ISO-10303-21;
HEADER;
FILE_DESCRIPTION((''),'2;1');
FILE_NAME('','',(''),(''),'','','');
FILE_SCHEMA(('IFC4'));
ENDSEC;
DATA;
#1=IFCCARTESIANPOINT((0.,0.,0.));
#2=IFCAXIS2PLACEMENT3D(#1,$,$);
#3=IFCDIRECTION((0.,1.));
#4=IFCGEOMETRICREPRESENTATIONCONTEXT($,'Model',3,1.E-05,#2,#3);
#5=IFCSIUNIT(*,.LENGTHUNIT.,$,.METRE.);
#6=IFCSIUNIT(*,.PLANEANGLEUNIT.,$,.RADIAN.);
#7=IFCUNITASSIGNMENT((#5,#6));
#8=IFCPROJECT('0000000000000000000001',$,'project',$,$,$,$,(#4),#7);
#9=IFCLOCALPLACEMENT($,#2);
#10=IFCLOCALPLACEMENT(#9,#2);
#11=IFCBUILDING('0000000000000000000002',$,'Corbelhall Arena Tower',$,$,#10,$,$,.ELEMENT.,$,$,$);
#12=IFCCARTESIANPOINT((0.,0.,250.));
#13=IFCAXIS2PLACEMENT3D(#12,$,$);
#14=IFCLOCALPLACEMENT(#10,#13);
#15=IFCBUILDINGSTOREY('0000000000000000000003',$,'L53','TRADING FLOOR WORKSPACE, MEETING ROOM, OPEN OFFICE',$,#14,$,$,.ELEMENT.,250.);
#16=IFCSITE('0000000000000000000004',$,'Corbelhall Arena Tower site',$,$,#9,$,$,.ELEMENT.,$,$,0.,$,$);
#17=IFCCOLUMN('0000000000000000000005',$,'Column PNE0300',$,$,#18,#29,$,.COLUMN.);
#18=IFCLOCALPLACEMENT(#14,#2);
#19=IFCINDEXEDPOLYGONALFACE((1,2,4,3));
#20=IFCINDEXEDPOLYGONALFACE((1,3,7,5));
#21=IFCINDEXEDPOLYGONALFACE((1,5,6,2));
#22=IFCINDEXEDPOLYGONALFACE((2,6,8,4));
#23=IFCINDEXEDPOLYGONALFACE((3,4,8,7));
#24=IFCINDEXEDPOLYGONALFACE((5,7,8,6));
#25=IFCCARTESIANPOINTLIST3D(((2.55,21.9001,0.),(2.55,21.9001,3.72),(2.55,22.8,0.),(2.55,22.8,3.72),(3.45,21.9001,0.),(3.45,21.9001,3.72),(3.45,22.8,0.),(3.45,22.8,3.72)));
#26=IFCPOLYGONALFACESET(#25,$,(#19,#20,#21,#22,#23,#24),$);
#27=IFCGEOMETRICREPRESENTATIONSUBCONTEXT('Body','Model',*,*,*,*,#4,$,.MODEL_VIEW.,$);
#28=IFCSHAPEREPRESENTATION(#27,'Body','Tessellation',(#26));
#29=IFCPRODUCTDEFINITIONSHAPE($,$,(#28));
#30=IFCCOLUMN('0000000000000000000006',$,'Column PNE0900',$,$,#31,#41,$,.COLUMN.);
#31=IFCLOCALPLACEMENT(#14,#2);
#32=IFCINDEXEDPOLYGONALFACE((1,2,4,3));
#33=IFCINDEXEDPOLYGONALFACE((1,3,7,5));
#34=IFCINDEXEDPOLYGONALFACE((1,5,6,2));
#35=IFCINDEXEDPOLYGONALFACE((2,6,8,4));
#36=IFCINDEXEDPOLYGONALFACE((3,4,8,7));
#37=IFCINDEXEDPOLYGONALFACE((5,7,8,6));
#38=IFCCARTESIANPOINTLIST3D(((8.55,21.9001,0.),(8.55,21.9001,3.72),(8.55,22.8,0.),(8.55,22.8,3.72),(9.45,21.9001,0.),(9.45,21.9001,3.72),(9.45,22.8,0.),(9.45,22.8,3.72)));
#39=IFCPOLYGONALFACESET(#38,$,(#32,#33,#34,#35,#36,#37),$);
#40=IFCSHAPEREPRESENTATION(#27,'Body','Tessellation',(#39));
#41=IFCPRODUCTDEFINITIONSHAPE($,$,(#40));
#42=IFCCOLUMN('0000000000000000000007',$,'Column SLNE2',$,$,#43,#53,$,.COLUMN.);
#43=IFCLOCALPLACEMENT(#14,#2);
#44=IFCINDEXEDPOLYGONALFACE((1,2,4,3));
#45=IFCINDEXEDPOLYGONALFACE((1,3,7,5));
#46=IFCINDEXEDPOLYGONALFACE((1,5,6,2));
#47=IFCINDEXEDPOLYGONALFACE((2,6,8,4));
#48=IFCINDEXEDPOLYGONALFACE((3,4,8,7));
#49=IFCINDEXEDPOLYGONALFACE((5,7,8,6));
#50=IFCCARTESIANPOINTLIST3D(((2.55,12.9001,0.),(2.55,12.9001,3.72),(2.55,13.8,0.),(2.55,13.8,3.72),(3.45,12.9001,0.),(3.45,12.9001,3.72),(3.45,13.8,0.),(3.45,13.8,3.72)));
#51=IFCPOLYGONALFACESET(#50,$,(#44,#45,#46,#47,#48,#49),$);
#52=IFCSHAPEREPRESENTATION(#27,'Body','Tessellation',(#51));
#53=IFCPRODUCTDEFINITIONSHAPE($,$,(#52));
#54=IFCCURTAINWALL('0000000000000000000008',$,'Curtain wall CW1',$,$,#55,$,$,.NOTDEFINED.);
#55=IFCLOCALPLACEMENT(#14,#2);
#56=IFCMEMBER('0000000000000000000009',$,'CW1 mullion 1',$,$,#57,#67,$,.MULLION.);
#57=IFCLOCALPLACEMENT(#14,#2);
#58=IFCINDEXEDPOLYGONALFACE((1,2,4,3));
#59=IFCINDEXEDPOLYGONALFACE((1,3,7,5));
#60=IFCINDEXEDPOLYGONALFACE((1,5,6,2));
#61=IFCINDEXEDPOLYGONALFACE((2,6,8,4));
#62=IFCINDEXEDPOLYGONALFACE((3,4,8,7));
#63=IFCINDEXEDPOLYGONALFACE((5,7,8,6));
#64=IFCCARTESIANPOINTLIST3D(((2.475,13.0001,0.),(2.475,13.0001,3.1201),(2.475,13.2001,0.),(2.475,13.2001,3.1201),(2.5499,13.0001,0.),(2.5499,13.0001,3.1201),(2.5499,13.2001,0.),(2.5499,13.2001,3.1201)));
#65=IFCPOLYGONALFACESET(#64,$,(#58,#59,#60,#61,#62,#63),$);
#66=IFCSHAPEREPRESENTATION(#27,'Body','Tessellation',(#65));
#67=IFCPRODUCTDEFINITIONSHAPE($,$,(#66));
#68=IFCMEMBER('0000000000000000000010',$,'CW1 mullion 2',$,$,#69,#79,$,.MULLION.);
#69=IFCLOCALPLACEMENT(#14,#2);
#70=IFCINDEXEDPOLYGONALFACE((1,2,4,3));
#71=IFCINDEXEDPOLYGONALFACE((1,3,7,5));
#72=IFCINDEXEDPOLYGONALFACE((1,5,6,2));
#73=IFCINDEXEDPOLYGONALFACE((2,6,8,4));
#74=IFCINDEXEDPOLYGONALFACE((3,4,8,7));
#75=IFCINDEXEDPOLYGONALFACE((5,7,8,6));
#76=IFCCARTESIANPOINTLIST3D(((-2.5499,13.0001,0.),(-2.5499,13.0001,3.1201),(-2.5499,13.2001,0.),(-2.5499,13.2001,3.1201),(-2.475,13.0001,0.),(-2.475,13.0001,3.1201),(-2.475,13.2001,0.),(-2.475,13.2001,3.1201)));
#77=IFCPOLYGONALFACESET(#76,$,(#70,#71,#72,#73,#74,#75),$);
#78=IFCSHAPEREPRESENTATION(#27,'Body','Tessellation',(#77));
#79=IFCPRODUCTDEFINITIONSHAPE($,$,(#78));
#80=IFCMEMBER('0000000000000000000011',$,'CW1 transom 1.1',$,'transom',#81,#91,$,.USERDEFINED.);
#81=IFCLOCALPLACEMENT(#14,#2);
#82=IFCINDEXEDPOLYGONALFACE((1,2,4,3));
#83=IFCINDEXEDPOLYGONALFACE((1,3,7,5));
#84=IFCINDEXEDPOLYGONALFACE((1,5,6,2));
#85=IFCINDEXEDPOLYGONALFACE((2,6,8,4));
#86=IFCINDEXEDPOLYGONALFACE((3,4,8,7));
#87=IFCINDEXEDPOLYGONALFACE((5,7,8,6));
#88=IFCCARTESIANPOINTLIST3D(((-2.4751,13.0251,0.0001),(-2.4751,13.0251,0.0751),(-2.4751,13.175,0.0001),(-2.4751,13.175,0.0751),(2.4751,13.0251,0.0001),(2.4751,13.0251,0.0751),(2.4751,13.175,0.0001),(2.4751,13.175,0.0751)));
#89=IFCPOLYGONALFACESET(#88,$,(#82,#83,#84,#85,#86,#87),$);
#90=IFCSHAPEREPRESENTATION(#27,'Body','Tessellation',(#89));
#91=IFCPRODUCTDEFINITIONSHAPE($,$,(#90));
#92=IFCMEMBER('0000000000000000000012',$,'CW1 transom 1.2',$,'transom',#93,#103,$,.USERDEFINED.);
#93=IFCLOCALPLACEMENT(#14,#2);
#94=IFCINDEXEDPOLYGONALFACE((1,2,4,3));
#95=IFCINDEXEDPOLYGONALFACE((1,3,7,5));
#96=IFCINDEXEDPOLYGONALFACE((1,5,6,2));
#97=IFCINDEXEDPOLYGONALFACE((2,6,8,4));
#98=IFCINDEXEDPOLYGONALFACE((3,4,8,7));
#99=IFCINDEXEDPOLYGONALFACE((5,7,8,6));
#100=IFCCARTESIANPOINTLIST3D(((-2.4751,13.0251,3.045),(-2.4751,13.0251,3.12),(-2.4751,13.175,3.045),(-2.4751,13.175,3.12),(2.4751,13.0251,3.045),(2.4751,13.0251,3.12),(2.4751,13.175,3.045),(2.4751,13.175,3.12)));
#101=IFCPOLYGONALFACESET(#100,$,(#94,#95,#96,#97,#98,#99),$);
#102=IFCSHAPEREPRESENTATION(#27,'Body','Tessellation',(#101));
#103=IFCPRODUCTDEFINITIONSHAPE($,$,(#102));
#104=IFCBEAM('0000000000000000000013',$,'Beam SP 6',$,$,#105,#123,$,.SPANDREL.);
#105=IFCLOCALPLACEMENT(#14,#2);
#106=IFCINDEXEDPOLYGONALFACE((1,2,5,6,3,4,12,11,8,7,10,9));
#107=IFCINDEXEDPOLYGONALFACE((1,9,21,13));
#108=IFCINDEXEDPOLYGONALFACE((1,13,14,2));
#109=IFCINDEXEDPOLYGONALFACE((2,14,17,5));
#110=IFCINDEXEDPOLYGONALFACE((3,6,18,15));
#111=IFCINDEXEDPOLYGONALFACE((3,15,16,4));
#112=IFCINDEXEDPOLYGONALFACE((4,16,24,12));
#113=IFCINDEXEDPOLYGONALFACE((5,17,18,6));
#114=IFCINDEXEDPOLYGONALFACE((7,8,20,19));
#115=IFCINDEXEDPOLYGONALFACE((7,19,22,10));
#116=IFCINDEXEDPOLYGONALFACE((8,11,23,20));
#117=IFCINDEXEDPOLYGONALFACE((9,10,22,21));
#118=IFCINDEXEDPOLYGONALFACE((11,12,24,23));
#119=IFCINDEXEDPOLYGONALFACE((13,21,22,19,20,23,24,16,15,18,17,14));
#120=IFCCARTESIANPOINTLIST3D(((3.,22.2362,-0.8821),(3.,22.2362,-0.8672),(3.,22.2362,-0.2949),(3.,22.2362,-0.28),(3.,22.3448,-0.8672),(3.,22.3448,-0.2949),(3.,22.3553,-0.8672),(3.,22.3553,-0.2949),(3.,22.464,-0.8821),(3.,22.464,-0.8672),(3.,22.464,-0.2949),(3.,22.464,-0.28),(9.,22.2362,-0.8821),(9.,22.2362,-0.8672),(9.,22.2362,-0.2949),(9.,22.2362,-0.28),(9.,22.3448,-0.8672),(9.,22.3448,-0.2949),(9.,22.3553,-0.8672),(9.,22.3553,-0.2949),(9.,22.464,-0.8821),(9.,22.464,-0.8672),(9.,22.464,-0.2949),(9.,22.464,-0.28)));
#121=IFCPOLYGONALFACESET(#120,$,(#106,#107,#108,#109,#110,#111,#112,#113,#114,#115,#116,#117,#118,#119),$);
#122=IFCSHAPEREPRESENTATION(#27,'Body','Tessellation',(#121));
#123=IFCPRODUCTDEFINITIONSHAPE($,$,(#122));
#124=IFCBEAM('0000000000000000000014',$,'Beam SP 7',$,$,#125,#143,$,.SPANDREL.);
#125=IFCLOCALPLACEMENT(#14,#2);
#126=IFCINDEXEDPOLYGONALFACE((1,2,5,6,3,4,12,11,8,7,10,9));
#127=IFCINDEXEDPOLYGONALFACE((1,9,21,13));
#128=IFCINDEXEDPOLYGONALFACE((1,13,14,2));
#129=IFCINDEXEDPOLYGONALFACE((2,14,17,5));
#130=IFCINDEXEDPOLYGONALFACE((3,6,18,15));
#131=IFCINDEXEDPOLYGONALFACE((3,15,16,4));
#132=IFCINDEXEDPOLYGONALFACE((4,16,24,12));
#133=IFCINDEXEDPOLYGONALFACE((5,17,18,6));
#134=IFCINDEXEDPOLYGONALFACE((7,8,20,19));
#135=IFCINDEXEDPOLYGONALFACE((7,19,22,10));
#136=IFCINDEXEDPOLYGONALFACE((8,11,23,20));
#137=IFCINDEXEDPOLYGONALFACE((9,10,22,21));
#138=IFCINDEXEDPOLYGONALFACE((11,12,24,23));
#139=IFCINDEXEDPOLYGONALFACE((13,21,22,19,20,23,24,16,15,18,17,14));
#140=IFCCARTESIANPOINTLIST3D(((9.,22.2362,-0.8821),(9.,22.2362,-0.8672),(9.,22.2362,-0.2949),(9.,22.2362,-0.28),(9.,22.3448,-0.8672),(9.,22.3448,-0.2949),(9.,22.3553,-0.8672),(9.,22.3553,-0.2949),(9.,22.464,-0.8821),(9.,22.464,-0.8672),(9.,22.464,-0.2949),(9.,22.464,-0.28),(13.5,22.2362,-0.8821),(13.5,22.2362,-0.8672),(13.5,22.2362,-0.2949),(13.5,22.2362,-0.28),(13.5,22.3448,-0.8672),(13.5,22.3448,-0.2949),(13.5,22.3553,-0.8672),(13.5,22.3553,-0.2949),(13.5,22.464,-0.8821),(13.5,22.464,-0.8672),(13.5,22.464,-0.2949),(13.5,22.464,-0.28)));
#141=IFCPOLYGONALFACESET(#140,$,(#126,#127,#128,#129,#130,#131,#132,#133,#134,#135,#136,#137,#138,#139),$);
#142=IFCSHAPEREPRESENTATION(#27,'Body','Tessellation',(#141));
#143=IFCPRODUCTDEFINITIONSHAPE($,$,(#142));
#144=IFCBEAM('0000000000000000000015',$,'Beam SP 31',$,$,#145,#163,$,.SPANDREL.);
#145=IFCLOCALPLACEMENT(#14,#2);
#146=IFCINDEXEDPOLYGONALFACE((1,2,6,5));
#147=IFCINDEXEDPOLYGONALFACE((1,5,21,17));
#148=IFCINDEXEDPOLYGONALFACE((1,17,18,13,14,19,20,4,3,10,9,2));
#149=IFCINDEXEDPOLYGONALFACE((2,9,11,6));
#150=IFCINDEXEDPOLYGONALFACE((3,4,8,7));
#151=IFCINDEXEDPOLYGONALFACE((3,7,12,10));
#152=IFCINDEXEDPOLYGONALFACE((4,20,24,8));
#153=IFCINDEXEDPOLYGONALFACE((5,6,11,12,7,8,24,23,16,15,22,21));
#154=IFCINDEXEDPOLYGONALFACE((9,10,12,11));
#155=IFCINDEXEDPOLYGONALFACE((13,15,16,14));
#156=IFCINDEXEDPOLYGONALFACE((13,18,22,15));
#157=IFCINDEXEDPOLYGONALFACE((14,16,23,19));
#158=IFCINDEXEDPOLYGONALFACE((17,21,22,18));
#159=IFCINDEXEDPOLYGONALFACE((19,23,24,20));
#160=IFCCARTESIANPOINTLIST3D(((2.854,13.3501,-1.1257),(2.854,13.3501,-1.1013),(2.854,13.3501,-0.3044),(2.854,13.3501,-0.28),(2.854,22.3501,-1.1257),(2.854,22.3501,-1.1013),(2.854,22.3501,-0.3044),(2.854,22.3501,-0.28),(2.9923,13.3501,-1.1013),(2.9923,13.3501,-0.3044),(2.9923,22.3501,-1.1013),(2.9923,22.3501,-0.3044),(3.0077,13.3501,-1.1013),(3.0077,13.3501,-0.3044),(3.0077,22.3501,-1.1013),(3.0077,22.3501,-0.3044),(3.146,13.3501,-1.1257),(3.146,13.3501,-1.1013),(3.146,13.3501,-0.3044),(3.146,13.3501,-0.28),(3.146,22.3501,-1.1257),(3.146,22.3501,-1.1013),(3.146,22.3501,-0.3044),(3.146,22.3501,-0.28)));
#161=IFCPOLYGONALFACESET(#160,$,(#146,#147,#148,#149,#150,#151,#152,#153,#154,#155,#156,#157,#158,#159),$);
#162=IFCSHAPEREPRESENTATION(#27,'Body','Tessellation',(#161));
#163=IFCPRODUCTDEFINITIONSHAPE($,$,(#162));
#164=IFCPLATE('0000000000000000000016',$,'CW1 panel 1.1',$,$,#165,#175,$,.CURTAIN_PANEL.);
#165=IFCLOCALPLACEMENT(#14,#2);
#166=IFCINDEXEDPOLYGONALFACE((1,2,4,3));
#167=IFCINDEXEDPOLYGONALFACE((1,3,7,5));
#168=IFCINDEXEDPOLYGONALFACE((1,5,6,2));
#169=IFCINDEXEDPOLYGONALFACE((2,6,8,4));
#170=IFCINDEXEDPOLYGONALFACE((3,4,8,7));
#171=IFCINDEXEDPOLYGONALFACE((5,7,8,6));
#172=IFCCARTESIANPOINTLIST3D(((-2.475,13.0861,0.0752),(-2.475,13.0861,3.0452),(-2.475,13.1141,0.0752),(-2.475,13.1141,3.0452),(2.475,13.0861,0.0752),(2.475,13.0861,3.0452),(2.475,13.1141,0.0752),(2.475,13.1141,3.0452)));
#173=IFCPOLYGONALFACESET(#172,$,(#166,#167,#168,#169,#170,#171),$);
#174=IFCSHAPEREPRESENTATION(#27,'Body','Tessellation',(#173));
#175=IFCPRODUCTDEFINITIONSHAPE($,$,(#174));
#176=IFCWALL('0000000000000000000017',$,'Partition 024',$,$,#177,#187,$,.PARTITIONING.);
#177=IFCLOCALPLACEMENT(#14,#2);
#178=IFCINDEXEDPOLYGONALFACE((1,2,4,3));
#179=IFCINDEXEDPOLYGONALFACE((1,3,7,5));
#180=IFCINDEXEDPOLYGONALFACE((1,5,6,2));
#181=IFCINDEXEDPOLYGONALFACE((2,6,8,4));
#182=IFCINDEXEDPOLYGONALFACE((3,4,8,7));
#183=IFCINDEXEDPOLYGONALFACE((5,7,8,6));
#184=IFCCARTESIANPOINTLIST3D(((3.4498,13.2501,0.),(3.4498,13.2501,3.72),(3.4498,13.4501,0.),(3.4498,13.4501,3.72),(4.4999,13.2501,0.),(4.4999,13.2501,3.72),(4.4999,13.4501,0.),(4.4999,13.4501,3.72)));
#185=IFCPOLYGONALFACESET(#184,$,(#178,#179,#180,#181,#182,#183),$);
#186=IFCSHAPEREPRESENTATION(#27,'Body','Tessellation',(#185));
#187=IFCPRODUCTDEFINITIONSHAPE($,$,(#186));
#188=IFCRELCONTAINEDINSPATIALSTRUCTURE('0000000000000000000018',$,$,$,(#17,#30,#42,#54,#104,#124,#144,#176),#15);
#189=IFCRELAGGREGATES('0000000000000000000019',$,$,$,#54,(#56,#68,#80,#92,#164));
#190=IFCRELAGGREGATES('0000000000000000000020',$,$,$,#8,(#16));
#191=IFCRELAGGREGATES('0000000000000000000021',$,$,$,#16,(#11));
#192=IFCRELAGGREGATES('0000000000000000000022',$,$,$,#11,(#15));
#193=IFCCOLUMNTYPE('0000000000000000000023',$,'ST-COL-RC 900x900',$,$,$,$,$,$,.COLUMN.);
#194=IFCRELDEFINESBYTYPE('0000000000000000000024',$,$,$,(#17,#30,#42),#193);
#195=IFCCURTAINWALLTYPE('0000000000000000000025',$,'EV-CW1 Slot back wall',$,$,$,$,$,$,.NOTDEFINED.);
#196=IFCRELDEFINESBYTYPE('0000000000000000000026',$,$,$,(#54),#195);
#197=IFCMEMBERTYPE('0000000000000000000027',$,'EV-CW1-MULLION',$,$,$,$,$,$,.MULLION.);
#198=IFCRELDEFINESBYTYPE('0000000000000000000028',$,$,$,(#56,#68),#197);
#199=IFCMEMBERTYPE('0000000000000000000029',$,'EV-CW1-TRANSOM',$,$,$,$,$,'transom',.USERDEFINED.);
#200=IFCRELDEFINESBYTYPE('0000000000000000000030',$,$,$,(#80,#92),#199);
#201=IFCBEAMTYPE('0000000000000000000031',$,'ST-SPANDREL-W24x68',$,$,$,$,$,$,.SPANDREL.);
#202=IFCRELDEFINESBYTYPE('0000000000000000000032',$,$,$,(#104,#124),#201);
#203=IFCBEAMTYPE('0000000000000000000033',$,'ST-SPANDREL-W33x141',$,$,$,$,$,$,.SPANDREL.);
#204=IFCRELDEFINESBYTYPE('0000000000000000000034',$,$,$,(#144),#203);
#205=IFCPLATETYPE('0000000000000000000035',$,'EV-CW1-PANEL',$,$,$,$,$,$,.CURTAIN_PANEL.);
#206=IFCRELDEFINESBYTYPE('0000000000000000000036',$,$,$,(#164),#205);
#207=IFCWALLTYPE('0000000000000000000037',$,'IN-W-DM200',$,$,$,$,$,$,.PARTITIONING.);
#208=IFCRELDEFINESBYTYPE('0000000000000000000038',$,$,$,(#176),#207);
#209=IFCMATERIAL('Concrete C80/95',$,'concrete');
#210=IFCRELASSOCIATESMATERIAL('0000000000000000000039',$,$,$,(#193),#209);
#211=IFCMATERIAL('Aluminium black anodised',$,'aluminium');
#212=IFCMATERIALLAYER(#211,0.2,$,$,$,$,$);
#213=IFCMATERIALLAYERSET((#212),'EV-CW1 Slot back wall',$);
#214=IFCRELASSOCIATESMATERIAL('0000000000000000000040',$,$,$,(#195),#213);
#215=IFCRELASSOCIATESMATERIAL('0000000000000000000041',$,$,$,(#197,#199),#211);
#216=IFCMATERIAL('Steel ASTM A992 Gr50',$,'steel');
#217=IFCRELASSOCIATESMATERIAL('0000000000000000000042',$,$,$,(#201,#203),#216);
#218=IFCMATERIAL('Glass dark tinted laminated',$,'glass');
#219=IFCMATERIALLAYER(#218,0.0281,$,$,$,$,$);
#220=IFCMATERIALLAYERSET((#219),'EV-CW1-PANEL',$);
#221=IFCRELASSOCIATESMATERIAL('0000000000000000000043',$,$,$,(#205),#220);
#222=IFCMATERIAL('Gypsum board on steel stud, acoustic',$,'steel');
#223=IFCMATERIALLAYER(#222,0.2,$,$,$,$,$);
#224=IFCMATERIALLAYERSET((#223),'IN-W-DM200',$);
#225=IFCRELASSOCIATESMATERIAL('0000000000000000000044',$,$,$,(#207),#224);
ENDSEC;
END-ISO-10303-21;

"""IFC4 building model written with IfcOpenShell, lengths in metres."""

from ifc_helpers import new_model, si_unit, direction, frame, frame_2d, origin, origin_2d, place, context, subcontext, project, spatial, rectangle, i_section, extrude, material, layer, layer_set, material_profile, profile_set, type_object, element, aggregate, save


model = new_model("IFC4")

# Units and contexts
model_context = context("Model", 3, precision=1e-05, world=origin(), true_north=direction((0.0, 1.0)))
body_context = subcontext(model_context, "Body", "Model", "MODEL_VIEW")
ifc_project = project(units=[si_unit("LENGTHUNIT", "METRE"), si_unit("PLANEANGLEUNIT", "RADIAN")], contexts=[model_context])

# Site, building, storey
site_placement = place(None, origin())
site = spatial("IfcSite", under=ifc_project, at=site_placement, Name="Corbelhall Arena Tower site", CompositionType="ELEMENT", RefElevation=0.0)
building_placement = place(site_placement, origin())
building = spatial("IfcBuilding", under=site, at=building_placement, Name="Corbelhall Arena Tower", CompositionType="ELEMENT")
storey_placement = place(building_placement, frame((0.0, 0.0, 250.0)))
storey = spatial("IfcBuildingStorey", under=building, at=storey_placement, Name="L53", Description="TRADING FLOOR WORKSPACE, MEETING ROOM, OPEN OFFICE", CompositionType="ELEMENT", Elevation=250.0)

# Columns
ifc_material_1 = material(Name="Concrete C80/95", Category="concrete")
ifc_material_profile_1 = material_profile(ifc_material_1, rectangle(XDim=0.8999, YDim=0.8999, at=origin_2d()))
ifc_profile_set_1 = profile_set([ifc_material_profile_1], Name="Concrete C80/95")
column_type = type_object("IfcColumnType", Name="ST-COL-RC 900x900", PredefinedType="COLUMN", material=ifc_profile_set_1)
for number, where, z_axis, x_axis, name in (
    (1, (3.0, 22.3501, 0.0), (0.0, 0.0, 1.0), (1.0, 0.0, 0.0), "Column PNE0300"),
    (2, (9.0, 22.3501, 0.0), (0.0, 0.0, 1.0), (1.0, 0.0, 0.0), "Column PNE0900"),
    (3, (3.0, 13.3501, 0.0), (0.0, 0.0, 1.0), (1.0, 0.0, 0.0), "Column SLNE2"),
):
    element("IfcColumn", number, at=place(storey_placement, frame(where, z_axis=z_axis, x_axis=x_axis)), inside=storey, type_object=column_type, Name=name, PredefinedType="COLUMN", context=body_context, shape_type="SweptSolid", body=[
        extrude(rectangle(XDim=0.8999, YDim=0.8999, at=origin_2d()), origin(), (0.0, 0.0, 1.0), 3.72),
    ])

# Curtain wall, members
ifc_material_2 = material(Name="Aluminium black anodised", Category="aluminium")
ifc_layer_1 = layer(ifc_material_2, 0.2)
ifc_layer_set_1 = layer_set([ifc_layer_1], Name="EV-CW1 Slot back wall")
curtain_wall_type = type_object("IfcCurtainWallType", Name="EV-CW1 Slot back wall", PredefinedType="NOTDEFINED", material=ifc_layer_set_1)
curtain_wall_placement = place(storey_placement, origin())
curtain_wall = element("IfcCurtainWall", 4, at=curtain_wall_placement, inside=storey, type_object=curtain_wall_type, Name="Curtain wall CW1", PredefinedType="NOTDEFINED")
ifc_material_profile_2 = material_profile(ifc_material_2, rectangle(XDim=0.2, YDim=0.075, at=origin_2d()))
ifc_profile_set_2 = profile_set([ifc_material_profile_2], Name="Aluminium black anodised")
member_type_1 = type_object("IfcMemberType", Name="EV-CW1-MULLION", PredefinedType="MULLION", material=ifc_profile_set_2)
member_1_placement = place(storey_placement, frame((2.5125, 13.1001, 0.0), z_axis=(0.0, 0.0, 1.0), x_axis=(0.0, -1.0, 0.0)))
member_1 = element("IfcMember", 5, at=member_1_placement, type_object=member_type_1, Name="CW1 mullion 1", PredefinedType="MULLION", context=body_context, shape_type="SweptSolid", body=[
    extrude(rectangle(XDim=0.2, YDim=0.075, at=origin_2d()), origin(), (0.0, 0.0, 1.0), 3.1201),
])
member_2_placement = place(storey_placement, frame((-2.5125, 13.1001, 0.0), z_axis=(0.0, 0.0, 1.0), x_axis=(0.0, -1.0, 0.0)))
member_2 = element("IfcMember", 6, at=member_2_placement, type_object=member_type_1, Name="CW1 mullion 2", PredefinedType="MULLION", context=body_context, shape_type="SweptSolid", body=[
    extrude(rectangle(XDim=0.2, YDim=0.075, at=origin_2d()), origin(), (0.0, 0.0, 1.0), 3.1201),
])
ifc_material_profile_3 = material_profile(ifc_material_2, rectangle(XDim=0.1499, YDim=0.075, at=origin_2d()))
ifc_profile_set_3 = profile_set([ifc_material_profile_3], Name="Aluminium black anodised")
member_type_2 = type_object("IfcMemberType", Name="EV-CW1-TRANSOM", ElementType="transom", PredefinedType="USERDEFINED", material=ifc_profile_set_3)
member_3_placement = place(storey_placement, frame((2.4751, 13.1001, 0.0376), z_axis=(-1.0, 0.0, 0.0), x_axis=(0.0, -1.0, 0.0)))
member_3 = element("IfcMember", 7, at=member_3_placement, type_object=member_type_2, Name="CW1 transom 1.1", ObjectType="transom", PredefinedType="USERDEFINED", context=body_context, shape_type="SweptSolid", body=[
    extrude(rectangle(XDim=0.1499, YDim=0.075, at=origin_2d()), origin(), (0.0, 0.0, 1.0), 4.9502),
])
member_4_placement = place(storey_placement, frame((2.4751, 13.1001, 3.0825), z_axis=(-1.0, 0.0, 0.0), x_axis=(0.0, -1.0, 0.0)))
member_4 = element("IfcMember", 8, at=member_4_placement, type_object=member_type_2, Name="CW1 transom 1.2", ObjectType="transom", PredefinedType="USERDEFINED", context=body_context, shape_type="SweptSolid", body=[
    extrude(rectangle(XDim=0.1499, YDim=0.075, at=origin_2d()), origin(), (0.0, 0.0, 1.0), 4.9502),
])

# Beams
ifc_material_3 = material(Name="Steel ASTM A992 Gr50", Category="steel")
ifc_material_profile_4 = material_profile(ifc_material_3, i_section(OverallWidth=0.2278, OverallDepth=0.6021, WebThickness=0.0105, FlangeThickness=0.0149, at=origin_2d()))
ifc_profile_set_4 = profile_set([ifc_material_profile_4], Name="Steel ASTM A992 Gr50")
beam_type_1 = type_object("IfcBeamType", Name="ST-SPANDREL-W24x68", PredefinedType="SPANDREL", material=ifc_profile_set_4)
beam_1_placement = place(storey_placement, frame((3.0, 22.3501, -0.5811), z_axis=(1.0, 0.0, 0.0), x_axis=(0.0, 1.0, 0.0)))
element("IfcBeam", 9, at=beam_1_placement, inside=storey, type_object=beam_type_1, Name="Beam SP 6", PredefinedType="SPANDREL", context=body_context, shape_type="SweptSolid", body=[
    extrude(i_section(OverallWidth=0.2278, OverallDepth=0.6021, WebThickness=0.0105, FlangeThickness=0.0149, at=origin_2d()), origin(), (0.0, 0.0, 1.0), 6.0),
])
beam_2_placement = place(storey_placement, frame((9.0, 22.3501, -0.5811), z_axis=(1.0, 0.0, 0.0), x_axis=(0.0, 1.0, 0.0)))
element("IfcBeam", 10, at=beam_2_placement, inside=storey, type_object=beam_type_1, Name="Beam SP 7", PredefinedType="SPANDREL", context=body_context, shape_type="SweptSolid", body=[
    extrude(i_section(OverallWidth=0.2278, OverallDepth=0.6021, WebThickness=0.0105, FlangeThickness=0.0149, at=origin_2d()), origin(), (0.0, 0.0, 1.0), 4.5),
])
ifc_material_profile_5 = material_profile(ifc_material_3, i_section(OverallWidth=0.292, OverallDepth=0.8457, WebThickness=0.0154, FlangeThickness=0.0244, at=origin_2d()))
ifc_profile_set_5 = profile_set([ifc_material_profile_5], Name="Steel ASTM A992 Gr50")
beam_type_2 = type_object("IfcBeamType", Name="ST-SPANDREL-W33x141", PredefinedType="SPANDREL", material=ifc_profile_set_5)
beam_3_placement = place(storey_placement, frame((3.0, 13.3501, -0.7029), z_axis=(0.0, 1.0, 0.0), x_axis=(-1.0, 0.0, 0.0)))
element("IfcBeam", 11, at=beam_3_placement, inside=storey, type_object=beam_type_2, Name="Beam SP 31", PredefinedType="SPANDREL", context=body_context, shape_type="SweptSolid", body=[
    extrude(i_section(OverallWidth=0.292, OverallDepth=0.8457, WebThickness=0.0154, FlangeThickness=0.0244, at=origin_2d()), origin(), (0.0, 0.0, 1.0), 9.0),
])

# Plate
ifc_material_4 = material(Name="Glass dark tinted laminated", Category="glass")
ifc_layer_2 = layer(ifc_material_4, 0.0281)
ifc_layer_set_2 = layer_set([ifc_layer_2], Name="EV-CW1-PANEL")
plate_type = type_object("IfcPlateType", Name="EV-CW1-PANEL", PredefinedType="CURTAIN_PANEL", material=ifc_layer_set_2)
plate_placement = place(storey_placement, frame((0.0, 13.1001, 0.0752), z_axis=(0.0, 0.0, 1.0), x_axis=(-1.0, 0.0, 0.0)))
plate = element("IfcPlate", 12, at=plate_placement, type_object=plate_type, Name="CW1 panel 1.1", PredefinedType="CURTAIN_PANEL", context=body_context, shape_type="SweptSolid", body=[
    extrude(rectangle(XDim=4.95, YDim=0.0281, at=origin_2d()), origin(), (0.0, 0.0, 1.0), 2.97),
])
aggregate(curtain_wall, [member_1, member_2, member_3, member_4, plate])

# Wall
ifc_material_5 = material(Name="Gypsum board on steel stud, acoustic", Category="steel")
ifc_layer_3 = layer(ifc_material_5, 0.2)
ifc_layer_set_3 = layer_set([ifc_layer_3], Name="IN-W-DM200")
wall_type_1 = type_object("IfcWallType", Name="IN-W-DM200", PredefinedType="PARTITIONING", material=ifc_layer_set_3)
wall_1_placement = place(storey_placement, frame((3.45, 13.3501, 0.0), z_axis=(0.0, 0.0, 1.0), x_axis=(1.0, 0.0, 0.0)))
element("IfcWall", 13, at=wall_1_placement, inside=storey, type_object=wall_type_1, Name="Partition 024", PredefinedType="PARTITIONING", context=body_context, shape_type="SweptSolid", body=[
    extrude(rectangle(XDim=1.05, YDim=0.2, at=frame_2d((0.5249, 0.0))), origin(), (0.0, 0.0, 1.0), 3.72),
])

save(model, "model.ifc")
